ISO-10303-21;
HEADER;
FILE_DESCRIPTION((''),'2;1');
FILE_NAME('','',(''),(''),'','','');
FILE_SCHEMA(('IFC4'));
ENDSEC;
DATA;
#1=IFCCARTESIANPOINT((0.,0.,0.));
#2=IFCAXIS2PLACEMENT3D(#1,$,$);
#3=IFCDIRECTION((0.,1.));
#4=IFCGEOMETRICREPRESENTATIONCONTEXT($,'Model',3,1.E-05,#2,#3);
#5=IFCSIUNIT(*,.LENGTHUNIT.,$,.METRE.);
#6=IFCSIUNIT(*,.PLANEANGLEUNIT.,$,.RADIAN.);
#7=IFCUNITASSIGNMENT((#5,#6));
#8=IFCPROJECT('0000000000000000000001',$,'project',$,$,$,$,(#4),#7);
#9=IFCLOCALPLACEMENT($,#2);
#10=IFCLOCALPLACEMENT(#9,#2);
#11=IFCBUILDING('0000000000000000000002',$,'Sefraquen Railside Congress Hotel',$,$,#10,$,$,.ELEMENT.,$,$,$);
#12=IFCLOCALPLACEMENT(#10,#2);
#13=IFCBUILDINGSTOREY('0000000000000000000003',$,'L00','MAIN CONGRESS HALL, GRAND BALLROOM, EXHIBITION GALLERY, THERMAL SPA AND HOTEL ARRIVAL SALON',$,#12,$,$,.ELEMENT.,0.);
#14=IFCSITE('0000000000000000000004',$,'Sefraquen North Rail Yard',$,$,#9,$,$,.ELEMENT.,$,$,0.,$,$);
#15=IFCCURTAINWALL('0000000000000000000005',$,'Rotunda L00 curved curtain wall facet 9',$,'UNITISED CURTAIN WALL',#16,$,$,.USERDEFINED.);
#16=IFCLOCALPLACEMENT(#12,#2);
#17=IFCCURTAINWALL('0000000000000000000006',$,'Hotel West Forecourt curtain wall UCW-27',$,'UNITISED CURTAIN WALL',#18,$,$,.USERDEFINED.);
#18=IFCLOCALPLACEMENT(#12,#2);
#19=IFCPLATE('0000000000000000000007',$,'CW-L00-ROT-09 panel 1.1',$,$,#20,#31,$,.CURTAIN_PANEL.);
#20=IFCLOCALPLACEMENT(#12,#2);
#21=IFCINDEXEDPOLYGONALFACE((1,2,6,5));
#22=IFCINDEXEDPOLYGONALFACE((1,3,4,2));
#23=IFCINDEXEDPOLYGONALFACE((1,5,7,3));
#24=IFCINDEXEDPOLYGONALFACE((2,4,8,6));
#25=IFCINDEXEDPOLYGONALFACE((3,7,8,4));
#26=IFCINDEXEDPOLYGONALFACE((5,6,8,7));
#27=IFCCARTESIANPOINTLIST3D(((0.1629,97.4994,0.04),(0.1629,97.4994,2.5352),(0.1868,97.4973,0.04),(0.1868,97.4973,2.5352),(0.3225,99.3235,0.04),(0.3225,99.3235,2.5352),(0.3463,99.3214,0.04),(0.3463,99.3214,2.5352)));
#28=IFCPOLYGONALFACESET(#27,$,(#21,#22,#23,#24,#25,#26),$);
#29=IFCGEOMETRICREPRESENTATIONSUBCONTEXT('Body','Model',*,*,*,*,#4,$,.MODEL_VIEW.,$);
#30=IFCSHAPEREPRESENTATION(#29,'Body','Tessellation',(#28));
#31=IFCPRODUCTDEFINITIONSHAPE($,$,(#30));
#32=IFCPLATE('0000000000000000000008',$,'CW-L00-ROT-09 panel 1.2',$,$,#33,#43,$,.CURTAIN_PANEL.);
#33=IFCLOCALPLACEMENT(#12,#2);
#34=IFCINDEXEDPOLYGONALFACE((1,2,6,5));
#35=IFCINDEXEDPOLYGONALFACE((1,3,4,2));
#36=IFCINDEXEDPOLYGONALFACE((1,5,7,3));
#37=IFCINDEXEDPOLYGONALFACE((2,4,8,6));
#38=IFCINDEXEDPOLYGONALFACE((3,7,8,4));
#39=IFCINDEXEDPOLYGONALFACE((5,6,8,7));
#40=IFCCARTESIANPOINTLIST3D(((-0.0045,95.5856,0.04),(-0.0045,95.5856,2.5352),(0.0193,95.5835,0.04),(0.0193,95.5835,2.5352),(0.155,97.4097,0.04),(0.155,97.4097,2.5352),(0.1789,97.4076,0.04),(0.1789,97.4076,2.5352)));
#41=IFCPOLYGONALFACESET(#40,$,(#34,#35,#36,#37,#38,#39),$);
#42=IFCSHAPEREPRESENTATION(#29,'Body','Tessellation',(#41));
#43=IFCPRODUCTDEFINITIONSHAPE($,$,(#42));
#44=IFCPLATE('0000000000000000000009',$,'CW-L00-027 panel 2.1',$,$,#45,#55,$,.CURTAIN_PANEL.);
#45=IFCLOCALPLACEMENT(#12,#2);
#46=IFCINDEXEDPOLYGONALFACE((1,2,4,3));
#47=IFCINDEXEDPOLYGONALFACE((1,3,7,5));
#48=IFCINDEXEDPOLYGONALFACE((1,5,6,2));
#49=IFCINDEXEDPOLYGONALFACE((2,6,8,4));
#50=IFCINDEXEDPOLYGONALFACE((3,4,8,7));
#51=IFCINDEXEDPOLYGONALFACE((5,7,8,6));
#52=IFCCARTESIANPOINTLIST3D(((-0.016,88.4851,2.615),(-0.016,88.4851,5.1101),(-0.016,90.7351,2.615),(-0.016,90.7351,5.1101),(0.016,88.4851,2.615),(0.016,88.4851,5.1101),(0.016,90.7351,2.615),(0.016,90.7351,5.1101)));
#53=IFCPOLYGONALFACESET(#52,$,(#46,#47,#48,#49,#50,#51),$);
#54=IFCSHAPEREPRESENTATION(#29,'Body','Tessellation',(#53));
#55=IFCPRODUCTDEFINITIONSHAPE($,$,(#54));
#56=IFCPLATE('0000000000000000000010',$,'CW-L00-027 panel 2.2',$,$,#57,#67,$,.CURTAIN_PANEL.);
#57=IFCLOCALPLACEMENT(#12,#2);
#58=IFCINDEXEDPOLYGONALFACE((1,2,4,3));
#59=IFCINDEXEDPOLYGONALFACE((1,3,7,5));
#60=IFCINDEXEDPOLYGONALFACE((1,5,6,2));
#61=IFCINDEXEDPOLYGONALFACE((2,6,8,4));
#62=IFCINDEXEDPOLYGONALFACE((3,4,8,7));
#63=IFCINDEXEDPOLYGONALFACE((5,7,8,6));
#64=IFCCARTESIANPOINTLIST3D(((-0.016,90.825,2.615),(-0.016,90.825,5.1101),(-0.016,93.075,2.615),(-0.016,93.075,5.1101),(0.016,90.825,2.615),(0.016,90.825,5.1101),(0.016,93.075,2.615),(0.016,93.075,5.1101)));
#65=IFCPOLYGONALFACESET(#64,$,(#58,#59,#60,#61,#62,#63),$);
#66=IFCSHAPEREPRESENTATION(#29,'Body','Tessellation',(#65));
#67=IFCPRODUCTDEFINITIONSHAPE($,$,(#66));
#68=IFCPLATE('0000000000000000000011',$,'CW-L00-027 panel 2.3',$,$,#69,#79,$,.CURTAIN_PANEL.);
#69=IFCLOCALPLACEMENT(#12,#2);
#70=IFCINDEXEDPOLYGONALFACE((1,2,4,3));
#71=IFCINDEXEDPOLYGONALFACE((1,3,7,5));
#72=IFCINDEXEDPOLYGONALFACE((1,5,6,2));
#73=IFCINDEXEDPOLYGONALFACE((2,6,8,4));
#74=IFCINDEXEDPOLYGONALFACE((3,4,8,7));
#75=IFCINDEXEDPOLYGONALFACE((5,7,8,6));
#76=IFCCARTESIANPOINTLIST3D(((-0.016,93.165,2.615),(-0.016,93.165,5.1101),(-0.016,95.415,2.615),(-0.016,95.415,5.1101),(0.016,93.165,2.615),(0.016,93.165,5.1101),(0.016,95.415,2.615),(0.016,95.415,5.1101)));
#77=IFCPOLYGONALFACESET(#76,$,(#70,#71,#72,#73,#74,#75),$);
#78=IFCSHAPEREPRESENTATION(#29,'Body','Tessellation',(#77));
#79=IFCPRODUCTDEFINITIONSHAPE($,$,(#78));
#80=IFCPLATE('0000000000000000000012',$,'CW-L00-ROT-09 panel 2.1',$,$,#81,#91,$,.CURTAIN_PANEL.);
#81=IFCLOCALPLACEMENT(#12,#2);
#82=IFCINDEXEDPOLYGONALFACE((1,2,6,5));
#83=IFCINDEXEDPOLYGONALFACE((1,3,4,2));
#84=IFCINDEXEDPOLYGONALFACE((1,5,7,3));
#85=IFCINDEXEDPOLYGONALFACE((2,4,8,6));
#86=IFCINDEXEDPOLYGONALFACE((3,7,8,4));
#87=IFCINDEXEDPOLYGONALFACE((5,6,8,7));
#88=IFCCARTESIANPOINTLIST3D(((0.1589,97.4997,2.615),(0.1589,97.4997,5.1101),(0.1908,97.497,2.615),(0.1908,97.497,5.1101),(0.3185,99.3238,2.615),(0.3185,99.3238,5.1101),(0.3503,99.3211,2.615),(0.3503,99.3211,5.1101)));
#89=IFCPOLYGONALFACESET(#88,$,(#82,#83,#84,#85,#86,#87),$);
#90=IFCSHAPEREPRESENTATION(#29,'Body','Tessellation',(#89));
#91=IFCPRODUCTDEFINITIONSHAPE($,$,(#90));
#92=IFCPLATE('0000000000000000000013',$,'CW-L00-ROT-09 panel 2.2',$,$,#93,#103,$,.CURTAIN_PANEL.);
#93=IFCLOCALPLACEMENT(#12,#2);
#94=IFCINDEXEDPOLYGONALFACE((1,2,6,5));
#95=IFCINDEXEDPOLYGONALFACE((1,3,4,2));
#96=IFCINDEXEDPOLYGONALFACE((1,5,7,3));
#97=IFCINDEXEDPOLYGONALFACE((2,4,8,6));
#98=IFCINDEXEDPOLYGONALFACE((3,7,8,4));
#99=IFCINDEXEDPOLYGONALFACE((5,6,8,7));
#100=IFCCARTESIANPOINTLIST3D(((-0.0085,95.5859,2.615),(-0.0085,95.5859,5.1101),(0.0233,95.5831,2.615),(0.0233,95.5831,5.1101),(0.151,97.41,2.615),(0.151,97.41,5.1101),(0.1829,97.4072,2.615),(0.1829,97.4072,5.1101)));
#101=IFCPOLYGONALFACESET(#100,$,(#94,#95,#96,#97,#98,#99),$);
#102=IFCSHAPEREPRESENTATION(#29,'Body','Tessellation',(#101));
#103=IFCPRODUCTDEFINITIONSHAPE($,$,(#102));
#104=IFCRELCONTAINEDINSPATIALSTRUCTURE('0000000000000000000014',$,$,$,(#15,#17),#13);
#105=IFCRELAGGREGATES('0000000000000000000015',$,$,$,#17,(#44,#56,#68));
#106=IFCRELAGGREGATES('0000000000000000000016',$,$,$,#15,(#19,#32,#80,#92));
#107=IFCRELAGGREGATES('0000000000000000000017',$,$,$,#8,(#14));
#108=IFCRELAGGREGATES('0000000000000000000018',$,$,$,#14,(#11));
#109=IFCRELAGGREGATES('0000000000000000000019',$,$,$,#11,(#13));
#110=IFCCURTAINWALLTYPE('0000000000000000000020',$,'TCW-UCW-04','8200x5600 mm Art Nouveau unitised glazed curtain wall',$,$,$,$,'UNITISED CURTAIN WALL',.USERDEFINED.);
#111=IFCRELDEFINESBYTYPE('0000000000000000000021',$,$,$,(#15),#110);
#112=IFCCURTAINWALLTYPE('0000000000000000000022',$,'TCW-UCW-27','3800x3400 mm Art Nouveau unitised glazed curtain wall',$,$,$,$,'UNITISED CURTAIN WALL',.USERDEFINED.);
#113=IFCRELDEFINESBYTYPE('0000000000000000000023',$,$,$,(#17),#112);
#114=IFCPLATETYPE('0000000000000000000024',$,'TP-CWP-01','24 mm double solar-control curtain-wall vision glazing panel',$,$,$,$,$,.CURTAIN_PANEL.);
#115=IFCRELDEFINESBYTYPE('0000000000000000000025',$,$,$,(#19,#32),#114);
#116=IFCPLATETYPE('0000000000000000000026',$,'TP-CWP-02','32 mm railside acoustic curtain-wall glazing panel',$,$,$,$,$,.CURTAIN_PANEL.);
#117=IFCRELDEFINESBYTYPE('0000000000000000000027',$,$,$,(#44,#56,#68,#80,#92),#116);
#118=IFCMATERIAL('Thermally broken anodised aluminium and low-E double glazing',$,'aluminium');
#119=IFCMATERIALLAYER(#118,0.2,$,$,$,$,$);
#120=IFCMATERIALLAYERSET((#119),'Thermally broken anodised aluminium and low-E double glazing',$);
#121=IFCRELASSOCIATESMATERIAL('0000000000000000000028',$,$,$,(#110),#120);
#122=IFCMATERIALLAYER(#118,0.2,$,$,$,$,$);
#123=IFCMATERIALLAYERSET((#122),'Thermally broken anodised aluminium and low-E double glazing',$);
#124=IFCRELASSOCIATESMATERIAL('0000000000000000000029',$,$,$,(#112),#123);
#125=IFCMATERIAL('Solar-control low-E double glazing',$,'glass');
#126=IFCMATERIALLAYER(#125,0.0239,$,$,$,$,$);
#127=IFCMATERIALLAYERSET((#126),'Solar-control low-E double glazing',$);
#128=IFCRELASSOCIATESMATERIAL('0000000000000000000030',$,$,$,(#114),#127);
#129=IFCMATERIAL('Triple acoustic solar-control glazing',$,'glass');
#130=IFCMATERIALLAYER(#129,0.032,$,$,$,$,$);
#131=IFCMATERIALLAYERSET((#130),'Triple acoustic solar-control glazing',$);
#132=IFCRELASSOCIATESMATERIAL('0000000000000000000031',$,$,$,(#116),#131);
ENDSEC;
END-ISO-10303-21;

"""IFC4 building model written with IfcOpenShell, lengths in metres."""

from ifc_helpers import new_model, si_unit, direction, frame, origin, origin_2d, place, context, subcontext, project, spatial, rectangle, extrude, material, layer, layer_set, type_object, element, aggregate, save


model = new_model("IFC4")

# Units and contexts
model_context = context("Model", 3, precision=1e-05, world=origin(), true_north=direction((0.0, 1.0)))
body_context = subcontext(model_context, "Body", "Model", "MODEL_VIEW")
ifc_project = project(units=[si_unit("LENGTHUNIT", "METRE"), si_unit("PLANEANGLEUNIT", "RADIAN")], contexts=[model_context])

# Site, building, storey
site_placement = place(None, origin())
site = spatial("IfcSite", under=ifc_project, at=site_placement, Name="Sefraquen North Rail Yard", CompositionType="ELEMENT", RefElevation=0.0)
building_placement = place(site_placement, origin())
building = spatial("IfcBuilding", under=site, at=building_placement, Name="Sefraquen Railside Congress Hotel", CompositionType="ELEMENT")
storey_placement = place(building_placement, origin())
storey = spatial("IfcBuildingStorey", under=building, at=storey_placement, Name="L00", Description="MAIN CONGRESS HALL, GRAND BALLROOM, EXHIBITION GALLERY, THERMAL SPA AND HOTEL ARRIVAL SALON", CompositionType="ELEMENT", Elevation=0.0)

# Curtain wall
ifc_material_1 = material(Name="Thermally broken anodised aluminium and low-E double glazing", Category="aluminium")
ifc_layer_1 = layer(ifc_material_1, 0.2)
ifc_layer_set_1 = layer_set([ifc_layer_1], Name="Thermally broken anodised aluminium and low-E double glazing")
curtain_wall_type_1 = type_object("IfcCurtainWallType", Name="TCW-UCW-04", Description="8200x5600 mm Art Nouveau unitised glazed curtain wall", ElementType="UNITISED CURTAIN WALL", PredefinedType="USERDEFINED", material=ifc_layer_set_1)
curtain_wall_1_placement = place(storey_placement, origin())
curtain_wall_1 = element("IfcCurtainWall", 1, at=curtain_wall_1_placement, inside=storey, type_object=curtain_wall_type_1, Name="Rotunda L00 curved curtain wall facet 9", ObjectType="UNITISED CURTAIN WALL", PredefinedType="USERDEFINED")

# Curtain wall
ifc_layer_2 = layer(ifc_material_1, 0.2)
ifc_layer_set_2 = layer_set([ifc_layer_2], Name="Thermally broken anodised aluminium and low-E double glazing")
curtain_wall_type_2 = type_object("IfcCurtainWallType", Name="TCW-UCW-27", Description="3800x3400 mm Art Nouveau unitised glazed curtain wall", ElementType="UNITISED CURTAIN WALL", PredefinedType="USERDEFINED", material=ifc_layer_set_2)
curtain_wall_2_placement = place(storey_placement, origin())
curtain_wall_2 = element("IfcCurtainWall", 2, at=curtain_wall_2_placement, inside=storey, type_object=curtain_wall_type_2, Name="Hotel West Forecourt curtain wall UCW-27", ObjectType="UNITISED CURTAIN WALL", PredefinedType="USERDEFINED")

# Plates
ifc_material_2 = material(Name="Solar-control low-E double glazing", Category="glass")
ifc_layer_3 = layer(ifc_material_2, 0.0239)
ifc_layer_set_3 = layer_set([ifc_layer_3], Name="Solar-control low-E double glazing")
plate_type_1 = type_object("IfcPlateType", Name="TP-CWP-01", Description="24 mm double solar-control curtain-wall vision glazing panel", PredefinedType="CURTAIN_PANEL", material=ifc_layer_set_3)
plate_1_placement = place(storey_placement, frame((0.2546, 98.4104, 0.04), z_axis=(0.0, 0.0, 1.0), x_axis=(-0.087138, -0.996196, 0.0)))
plate_1 = element("IfcPlate", 3, at=plate_1_placement, type_object=plate_type_1, Name="CW-L00-ROT-09 panel 1.1", PredefinedType="CURTAIN_PANEL", context=body_context, shape_type="SweptSolid", body=[
    extrude(rectangle(XDim=1.8311, YDim=0.0239, at=origin_2d()), origin(), (0.0, 0.0, 1.0), 2.4951),
])
plate_2_placement = place(storey_placement, frame((0.0872, 96.4966, 0.04), z_axis=(0.0, 0.0, 1.0), x_axis=(-0.087138, -0.996196, 0.0)))
plate_2 = element("IfcPlate", 4, at=plate_2_placement, type_object=plate_type_1, Name="CW-L00-ROT-09 panel 1.2", PredefinedType="CURTAIN_PANEL", context=body_context, shape_type="SweptSolid", body=[
    extrude(rectangle(XDim=1.8311, YDim=0.0239, at=origin_2d()), origin(), (0.0, 0.0, 1.0), 2.4951),
])
ifc_material_3 = material(Name="Triple acoustic solar-control glazing", Category="glass")
ifc_layer_4 = layer(ifc_material_3, 0.032)
ifc_layer_set_4 = layer_set([ifc_layer_4], Name="Triple acoustic solar-control glazing")
plate_type_2 = type_object("IfcPlateType", Name="TP-CWP-02", Description="32 mm railside acoustic curtain-wall glazing panel", PredefinedType="CURTAIN_PANEL", material=ifc_layer_set_4)
plate_3_placement = place(storey_placement, frame((0.0, 89.6101, 2.615), z_axis=(0.0, 0.0, 1.0), x_axis=(0.0, 1.0, 0.0)))
plate_3 = element("IfcPlate", 5, at=plate_3_placement, type_object=plate_type_2, Name="CW-L00-027 panel 2.1", PredefinedType="CURTAIN_PANEL", context=body_context, shape_type="SweptSolid", body=[
    extrude(rectangle(XDim=2.25, YDim=0.032, at=origin_2d()), origin(), (0.0, 0.0, 1.0), 2.4951),
])
plate_4_placement = place(storey_placement, frame((0.0, 91.95, 2.615), z_axis=(0.0, 0.0, 1.0), x_axis=(0.0, 1.0, 0.0)))
plate_4 = element("IfcPlate", 6, at=plate_4_placement, type_object=plate_type_2, Name="CW-L00-027 panel 2.2", PredefinedType="CURTAIN_PANEL", context=body_context, shape_type="SweptSolid", body=[
    extrude(rectangle(XDim=2.25, YDim=0.032, at=origin_2d()), origin(), (0.0, 0.0, 1.0), 2.4951),
])
plate_5_placement = place(storey_placement, frame((0.0, 94.29, 2.615), z_axis=(0.0, 0.0, 1.0), x_axis=(0.0, 1.0, 0.0)))
plate_5 = element("IfcPlate", 7, at=plate_5_placement, type_object=plate_type_2, Name="CW-L00-027 panel 2.3", PredefinedType="CURTAIN_PANEL", context=body_context, shape_type="SweptSolid", body=[
    extrude(rectangle(XDim=2.25, YDim=0.032, at=origin_2d()), origin(), (0.0, 0.0, 1.0), 2.4951),
])
aggregate(curtain_wall_2, [plate_3, plate_4, plate_5])
plate_6_placement = place(storey_placement, frame((0.2546, 98.4104, 2.615), z_axis=(0.0, 0.0, 1.0), x_axis=(-0.087138, -0.996196, 0.0)))
plate_6 = element("IfcPlate", 8, at=plate_6_placement, type_object=plate_type_2, Name="CW-L00-ROT-09 panel 2.1", PredefinedType="CURTAIN_PANEL", context=body_context, shape_type="SweptSolid", body=[
    extrude(rectangle(XDim=1.8311, YDim=0.032, at=origin_2d()), origin(), (0.0, 0.0, 1.0), 2.4951),
])
plate_7_placement = place(storey_placement, frame((0.0872, 96.4966, 2.615), z_axis=(0.0, 0.0, 1.0), x_axis=(-0.087138, -0.996196, 0.0)))
plate_7 = element("IfcPlate", 9, at=plate_7_placement, type_object=plate_type_2, Name="CW-L00-ROT-09 panel 2.2", PredefinedType="CURTAIN_PANEL", context=body_context, shape_type="SweptSolid", body=[
    extrude(rectangle(XDim=1.8311, YDim=0.032, at=origin_2d()), origin(), (0.0, 0.0, 1.0), 2.4951),
])
aggregate(curtain_wall_1, [plate_1, plate_2, plate_6, plate_7])

save(model, "model.ifc")
